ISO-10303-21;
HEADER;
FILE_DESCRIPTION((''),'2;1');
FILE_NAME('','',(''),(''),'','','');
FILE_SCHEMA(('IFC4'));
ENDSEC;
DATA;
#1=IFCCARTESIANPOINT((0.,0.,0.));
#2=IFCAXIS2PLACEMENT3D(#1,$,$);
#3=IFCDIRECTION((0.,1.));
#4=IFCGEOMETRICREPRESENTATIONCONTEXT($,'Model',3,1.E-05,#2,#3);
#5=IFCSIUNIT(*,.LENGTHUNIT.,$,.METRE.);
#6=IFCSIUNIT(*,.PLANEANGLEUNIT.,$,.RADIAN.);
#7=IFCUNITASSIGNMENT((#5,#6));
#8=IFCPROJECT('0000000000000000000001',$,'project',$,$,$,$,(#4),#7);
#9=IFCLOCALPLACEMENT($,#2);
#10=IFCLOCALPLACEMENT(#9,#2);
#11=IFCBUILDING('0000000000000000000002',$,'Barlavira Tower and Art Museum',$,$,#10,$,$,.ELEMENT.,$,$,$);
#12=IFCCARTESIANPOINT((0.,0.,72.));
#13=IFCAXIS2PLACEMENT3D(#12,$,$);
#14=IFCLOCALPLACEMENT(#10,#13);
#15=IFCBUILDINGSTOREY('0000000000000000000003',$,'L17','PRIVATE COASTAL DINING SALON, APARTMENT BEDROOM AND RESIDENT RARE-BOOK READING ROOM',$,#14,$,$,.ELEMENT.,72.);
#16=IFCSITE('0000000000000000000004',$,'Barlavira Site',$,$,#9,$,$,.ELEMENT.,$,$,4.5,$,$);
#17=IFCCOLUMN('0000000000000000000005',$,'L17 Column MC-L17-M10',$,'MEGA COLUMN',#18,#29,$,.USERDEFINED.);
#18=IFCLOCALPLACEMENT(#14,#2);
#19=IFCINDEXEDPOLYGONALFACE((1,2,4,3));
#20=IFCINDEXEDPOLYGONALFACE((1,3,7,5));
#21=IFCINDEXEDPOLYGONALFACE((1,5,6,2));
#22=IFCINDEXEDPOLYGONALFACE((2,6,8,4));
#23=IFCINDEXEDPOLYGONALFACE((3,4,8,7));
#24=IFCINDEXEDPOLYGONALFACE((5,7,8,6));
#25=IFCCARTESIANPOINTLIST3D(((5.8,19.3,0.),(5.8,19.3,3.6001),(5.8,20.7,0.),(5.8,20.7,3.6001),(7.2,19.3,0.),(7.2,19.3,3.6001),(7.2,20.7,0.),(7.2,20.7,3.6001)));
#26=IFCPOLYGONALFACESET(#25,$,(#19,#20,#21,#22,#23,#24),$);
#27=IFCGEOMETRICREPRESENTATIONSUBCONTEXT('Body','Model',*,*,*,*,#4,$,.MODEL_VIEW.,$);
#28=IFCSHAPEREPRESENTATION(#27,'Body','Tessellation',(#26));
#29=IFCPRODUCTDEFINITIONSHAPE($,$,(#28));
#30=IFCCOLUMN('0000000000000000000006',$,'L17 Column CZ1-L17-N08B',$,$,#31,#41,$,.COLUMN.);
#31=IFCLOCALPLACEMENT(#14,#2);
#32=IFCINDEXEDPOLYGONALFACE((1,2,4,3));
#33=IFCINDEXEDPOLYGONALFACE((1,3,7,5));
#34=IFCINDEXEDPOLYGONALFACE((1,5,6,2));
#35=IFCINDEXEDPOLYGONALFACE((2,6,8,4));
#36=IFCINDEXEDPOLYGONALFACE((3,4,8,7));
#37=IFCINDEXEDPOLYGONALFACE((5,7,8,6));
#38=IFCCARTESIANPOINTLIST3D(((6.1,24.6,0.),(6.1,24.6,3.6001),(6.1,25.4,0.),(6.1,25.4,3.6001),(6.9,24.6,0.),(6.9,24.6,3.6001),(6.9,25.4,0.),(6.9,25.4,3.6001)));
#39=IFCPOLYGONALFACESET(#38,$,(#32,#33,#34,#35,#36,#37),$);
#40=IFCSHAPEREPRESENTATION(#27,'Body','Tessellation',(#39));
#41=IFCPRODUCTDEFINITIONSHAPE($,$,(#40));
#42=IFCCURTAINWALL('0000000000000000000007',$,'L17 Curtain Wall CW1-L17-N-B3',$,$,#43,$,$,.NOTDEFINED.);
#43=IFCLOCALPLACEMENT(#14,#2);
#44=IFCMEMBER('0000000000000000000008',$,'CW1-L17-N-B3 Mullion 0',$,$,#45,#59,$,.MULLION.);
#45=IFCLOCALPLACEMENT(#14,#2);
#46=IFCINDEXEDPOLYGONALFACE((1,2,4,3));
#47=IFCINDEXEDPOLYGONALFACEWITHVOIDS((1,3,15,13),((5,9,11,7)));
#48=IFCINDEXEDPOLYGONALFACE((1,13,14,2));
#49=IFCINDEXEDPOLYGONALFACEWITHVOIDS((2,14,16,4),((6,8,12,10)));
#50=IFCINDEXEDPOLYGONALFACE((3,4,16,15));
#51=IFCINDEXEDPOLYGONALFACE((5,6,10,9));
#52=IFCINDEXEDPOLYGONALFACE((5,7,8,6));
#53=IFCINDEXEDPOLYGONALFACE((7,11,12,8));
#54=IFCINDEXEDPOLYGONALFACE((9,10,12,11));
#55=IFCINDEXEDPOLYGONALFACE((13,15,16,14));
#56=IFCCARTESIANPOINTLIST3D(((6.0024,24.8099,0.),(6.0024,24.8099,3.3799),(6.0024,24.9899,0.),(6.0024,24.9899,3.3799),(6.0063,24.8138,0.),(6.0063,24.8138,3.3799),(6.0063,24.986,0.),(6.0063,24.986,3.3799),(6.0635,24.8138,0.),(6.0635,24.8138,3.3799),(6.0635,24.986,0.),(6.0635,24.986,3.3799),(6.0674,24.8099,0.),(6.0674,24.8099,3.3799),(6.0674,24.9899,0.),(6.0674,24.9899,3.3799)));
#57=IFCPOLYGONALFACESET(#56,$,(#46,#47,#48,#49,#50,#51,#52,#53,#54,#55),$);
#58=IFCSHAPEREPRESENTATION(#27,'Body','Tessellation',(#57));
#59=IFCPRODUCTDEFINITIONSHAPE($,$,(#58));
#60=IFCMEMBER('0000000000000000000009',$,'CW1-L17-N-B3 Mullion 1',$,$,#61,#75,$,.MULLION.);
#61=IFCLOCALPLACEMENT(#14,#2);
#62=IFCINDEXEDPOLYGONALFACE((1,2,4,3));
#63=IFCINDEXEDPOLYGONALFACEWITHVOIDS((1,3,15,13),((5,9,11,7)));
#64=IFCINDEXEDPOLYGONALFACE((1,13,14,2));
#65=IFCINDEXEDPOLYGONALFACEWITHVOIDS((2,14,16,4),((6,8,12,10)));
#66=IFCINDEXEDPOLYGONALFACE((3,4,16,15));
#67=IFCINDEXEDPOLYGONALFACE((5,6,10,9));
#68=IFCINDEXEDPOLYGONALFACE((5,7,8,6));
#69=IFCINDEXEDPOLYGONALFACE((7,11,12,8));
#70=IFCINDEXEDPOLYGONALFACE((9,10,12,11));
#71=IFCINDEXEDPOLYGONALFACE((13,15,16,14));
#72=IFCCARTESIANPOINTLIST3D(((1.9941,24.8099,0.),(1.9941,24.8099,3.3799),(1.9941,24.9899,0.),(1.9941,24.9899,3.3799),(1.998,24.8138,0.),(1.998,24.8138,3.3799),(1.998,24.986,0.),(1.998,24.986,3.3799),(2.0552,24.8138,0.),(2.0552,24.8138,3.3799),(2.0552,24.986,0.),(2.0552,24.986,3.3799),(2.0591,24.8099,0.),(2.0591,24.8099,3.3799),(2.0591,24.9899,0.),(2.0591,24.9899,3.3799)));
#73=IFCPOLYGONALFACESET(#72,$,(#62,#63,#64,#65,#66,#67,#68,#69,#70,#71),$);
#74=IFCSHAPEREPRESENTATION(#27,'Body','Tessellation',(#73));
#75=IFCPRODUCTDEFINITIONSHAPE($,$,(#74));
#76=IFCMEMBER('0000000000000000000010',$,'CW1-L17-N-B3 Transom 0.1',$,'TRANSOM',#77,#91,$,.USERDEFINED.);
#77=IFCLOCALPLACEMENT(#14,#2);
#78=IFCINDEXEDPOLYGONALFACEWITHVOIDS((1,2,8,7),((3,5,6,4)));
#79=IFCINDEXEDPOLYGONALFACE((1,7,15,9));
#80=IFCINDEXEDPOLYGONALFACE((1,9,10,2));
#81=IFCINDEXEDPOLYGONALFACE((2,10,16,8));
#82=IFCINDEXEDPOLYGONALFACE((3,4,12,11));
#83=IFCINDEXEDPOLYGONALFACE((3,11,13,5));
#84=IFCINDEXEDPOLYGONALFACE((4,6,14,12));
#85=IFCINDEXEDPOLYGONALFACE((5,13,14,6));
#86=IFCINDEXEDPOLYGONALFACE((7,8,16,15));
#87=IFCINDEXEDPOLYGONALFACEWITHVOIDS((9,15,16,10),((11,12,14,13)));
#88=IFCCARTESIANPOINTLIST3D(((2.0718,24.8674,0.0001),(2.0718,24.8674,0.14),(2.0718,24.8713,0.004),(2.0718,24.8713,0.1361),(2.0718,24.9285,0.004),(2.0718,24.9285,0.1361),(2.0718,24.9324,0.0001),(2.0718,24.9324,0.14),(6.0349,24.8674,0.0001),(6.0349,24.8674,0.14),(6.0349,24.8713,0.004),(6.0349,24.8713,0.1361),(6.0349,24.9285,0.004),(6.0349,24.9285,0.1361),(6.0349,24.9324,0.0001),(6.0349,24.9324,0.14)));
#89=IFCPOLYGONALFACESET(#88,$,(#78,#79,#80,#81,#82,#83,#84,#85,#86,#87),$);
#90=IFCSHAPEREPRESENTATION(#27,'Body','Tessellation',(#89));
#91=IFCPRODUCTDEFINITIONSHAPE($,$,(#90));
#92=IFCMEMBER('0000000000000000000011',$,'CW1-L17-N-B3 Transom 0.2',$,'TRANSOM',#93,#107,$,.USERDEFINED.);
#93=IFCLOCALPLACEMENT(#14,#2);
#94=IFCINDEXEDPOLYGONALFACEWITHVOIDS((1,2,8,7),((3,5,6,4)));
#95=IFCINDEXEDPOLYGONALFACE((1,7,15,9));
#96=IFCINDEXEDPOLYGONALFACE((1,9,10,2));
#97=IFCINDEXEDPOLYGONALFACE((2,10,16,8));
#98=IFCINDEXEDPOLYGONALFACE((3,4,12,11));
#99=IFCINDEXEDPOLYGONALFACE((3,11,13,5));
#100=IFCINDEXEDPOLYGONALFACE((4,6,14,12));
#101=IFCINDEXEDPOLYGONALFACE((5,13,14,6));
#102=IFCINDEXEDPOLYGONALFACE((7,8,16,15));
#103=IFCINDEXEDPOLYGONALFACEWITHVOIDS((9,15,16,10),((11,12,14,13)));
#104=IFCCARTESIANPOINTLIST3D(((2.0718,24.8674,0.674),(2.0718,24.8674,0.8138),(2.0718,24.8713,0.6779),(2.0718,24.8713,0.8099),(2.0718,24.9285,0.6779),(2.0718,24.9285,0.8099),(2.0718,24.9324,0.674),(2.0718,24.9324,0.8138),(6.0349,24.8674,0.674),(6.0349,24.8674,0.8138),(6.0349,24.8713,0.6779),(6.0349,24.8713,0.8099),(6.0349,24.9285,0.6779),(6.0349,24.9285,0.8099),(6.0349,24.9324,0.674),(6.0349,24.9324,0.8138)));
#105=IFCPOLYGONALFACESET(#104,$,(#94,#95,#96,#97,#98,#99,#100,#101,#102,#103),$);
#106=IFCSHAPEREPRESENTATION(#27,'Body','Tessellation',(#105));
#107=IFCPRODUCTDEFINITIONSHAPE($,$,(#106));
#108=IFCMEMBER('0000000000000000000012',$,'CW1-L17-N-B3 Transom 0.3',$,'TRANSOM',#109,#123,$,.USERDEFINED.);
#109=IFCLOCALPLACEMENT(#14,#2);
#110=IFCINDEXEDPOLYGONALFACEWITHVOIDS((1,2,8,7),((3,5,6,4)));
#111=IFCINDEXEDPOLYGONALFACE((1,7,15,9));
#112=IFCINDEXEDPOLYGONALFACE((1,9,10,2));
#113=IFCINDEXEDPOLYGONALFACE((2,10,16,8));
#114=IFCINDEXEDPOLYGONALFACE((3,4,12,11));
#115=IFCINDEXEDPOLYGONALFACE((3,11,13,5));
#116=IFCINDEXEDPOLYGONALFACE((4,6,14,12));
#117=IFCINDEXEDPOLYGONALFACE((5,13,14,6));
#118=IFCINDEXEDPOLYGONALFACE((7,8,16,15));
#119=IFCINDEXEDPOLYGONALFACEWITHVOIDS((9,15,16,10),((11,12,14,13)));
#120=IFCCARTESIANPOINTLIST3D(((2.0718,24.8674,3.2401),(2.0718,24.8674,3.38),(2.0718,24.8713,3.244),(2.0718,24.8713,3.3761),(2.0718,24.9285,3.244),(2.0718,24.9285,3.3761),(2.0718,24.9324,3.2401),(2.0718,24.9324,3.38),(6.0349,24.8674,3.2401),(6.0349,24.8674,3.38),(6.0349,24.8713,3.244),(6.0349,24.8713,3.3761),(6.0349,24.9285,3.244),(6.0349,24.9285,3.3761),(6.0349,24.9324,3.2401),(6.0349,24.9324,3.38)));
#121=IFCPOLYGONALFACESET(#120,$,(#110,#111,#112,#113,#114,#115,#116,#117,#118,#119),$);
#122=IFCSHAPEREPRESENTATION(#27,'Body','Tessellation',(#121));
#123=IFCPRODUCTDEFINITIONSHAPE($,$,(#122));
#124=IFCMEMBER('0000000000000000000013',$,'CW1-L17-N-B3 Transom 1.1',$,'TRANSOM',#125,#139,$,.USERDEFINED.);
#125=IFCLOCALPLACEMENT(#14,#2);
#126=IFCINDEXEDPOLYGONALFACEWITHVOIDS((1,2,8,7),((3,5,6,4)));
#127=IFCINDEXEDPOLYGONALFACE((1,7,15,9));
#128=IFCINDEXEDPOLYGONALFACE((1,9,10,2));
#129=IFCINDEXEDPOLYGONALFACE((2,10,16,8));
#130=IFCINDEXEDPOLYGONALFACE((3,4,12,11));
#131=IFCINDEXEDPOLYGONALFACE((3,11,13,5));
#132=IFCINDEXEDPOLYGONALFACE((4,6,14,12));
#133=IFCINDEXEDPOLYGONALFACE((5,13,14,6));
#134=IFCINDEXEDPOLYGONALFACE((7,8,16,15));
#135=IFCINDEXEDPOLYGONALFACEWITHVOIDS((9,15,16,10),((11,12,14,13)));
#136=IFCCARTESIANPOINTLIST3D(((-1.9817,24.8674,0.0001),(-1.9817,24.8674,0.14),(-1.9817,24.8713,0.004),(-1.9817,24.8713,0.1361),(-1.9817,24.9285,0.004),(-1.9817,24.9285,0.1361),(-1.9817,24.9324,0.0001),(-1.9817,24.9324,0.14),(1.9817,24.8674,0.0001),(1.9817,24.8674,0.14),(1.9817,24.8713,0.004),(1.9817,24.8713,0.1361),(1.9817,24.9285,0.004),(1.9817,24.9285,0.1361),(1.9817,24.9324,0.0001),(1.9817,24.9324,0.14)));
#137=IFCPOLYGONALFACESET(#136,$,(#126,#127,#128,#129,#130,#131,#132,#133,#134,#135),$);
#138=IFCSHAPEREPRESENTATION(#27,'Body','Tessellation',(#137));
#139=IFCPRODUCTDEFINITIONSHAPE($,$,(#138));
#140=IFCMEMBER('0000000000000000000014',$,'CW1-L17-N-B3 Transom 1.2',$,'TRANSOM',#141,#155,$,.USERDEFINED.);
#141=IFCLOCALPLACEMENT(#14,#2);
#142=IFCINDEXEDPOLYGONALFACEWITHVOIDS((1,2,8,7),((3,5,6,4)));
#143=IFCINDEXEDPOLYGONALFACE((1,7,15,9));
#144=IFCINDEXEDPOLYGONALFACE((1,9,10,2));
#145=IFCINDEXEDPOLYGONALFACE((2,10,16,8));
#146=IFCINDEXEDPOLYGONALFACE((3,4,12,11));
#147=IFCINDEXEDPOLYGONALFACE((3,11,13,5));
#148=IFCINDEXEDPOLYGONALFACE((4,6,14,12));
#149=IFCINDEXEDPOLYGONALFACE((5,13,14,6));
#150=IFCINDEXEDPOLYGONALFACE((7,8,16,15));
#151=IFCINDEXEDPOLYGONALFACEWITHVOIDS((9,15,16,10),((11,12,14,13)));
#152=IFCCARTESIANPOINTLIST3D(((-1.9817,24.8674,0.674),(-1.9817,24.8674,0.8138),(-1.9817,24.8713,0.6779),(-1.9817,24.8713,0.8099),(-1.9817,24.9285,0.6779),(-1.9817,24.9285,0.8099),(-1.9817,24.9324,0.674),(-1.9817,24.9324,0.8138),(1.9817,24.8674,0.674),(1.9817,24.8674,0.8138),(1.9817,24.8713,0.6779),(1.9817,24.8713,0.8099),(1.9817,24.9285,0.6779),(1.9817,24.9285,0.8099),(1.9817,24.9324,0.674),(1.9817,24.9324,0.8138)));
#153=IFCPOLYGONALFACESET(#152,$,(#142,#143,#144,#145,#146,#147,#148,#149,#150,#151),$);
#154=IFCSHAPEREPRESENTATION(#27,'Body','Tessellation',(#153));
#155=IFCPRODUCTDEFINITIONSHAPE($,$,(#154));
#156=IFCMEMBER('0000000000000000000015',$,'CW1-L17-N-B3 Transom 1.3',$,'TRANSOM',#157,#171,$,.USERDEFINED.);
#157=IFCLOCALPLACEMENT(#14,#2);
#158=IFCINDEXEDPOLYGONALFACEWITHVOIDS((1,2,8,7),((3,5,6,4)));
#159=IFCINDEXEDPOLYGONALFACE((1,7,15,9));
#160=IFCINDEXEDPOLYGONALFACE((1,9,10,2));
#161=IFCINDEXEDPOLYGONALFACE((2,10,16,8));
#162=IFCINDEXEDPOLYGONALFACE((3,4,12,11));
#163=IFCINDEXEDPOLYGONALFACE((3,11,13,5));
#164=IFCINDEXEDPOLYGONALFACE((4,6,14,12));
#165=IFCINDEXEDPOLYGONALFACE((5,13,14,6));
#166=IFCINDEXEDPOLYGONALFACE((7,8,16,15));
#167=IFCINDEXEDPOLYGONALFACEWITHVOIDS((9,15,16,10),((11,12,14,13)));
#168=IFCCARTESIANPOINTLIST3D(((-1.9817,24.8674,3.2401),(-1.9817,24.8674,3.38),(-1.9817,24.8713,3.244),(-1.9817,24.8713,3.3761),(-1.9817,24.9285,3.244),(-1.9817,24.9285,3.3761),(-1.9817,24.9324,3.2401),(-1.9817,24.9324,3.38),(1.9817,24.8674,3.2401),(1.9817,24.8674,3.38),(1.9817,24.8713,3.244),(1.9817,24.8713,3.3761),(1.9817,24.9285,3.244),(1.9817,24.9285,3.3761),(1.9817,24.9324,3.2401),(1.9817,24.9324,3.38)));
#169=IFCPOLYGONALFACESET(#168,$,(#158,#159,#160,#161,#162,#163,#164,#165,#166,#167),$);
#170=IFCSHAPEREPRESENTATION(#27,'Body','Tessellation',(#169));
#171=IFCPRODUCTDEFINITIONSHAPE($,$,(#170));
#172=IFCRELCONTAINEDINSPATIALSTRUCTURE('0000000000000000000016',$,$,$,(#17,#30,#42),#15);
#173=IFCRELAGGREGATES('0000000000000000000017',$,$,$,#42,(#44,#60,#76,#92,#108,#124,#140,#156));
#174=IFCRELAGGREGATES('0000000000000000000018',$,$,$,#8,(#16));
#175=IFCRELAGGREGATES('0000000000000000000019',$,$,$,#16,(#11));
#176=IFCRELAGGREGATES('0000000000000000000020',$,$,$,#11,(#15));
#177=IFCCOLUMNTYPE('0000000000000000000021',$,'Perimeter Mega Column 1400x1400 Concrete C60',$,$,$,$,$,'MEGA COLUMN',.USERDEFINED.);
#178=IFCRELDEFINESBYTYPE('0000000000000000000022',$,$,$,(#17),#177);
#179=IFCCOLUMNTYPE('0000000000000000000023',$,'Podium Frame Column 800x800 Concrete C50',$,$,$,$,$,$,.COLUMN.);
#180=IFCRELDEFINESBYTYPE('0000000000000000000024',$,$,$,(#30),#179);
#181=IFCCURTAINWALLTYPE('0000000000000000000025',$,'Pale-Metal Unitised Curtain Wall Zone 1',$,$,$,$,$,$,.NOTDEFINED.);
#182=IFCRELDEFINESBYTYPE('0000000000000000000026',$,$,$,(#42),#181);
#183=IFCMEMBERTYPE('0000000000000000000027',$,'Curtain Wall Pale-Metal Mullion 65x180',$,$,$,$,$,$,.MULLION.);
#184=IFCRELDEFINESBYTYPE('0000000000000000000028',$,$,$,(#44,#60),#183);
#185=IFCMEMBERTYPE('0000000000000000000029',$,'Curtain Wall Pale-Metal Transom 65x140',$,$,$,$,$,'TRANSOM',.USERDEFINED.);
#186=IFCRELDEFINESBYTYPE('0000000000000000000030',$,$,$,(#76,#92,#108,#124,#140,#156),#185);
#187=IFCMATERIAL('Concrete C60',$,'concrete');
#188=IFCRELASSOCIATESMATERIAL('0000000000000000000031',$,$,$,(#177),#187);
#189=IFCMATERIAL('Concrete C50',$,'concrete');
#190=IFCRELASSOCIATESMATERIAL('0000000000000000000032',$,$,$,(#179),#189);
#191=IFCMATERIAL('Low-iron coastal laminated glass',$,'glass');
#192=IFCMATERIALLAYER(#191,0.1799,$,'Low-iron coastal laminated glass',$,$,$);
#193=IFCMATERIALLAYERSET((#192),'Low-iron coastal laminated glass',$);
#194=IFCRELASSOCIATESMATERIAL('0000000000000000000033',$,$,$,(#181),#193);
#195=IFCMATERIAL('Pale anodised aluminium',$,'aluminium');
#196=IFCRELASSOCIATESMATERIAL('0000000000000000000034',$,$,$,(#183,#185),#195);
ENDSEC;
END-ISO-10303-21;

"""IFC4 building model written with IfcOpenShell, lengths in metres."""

from ifc_helpers import new_model, si_unit, direction, frame, origin, origin_2d, place, context, subcontext, project, spatial, rectangle, hollow_rectangle, extrude, material, layer, layer_set, material_profile, profile_set, type_object, element, aggregate, save


model = new_model("IFC4")

# Units and contexts
model_context = context("Model", 3, precision=1e-05, world=origin(), true_north=direction((0.0, 1.0)))
body_context = subcontext(model_context, "Body", "Model", "MODEL_VIEW")
ifc_project = project(units=[si_unit("LENGTHUNIT", "METRE"), si_unit("PLANEANGLEUNIT", "RADIAN")], contexts=[model_context])

# Site, building, storey
site_placement = place(None, origin())
site = spatial("IfcSite", under=ifc_project, at=site_placement, Name="Barlavira Site", CompositionType="ELEMENT", RefElevation=4.5)
building_placement = place(site_placement, origin())
building = spatial("IfcBuilding", under=site, at=building_placement, Name="Barlavira Tower and Art Museum", CompositionType="ELEMENT")
storey_placement = place(building_placement, frame((0.0, 0.0, 72.0)))
storey = spatial("IfcBuildingStorey", under=building, at=storey_placement, Name="L17", Description="PRIVATE COASTAL DINING SALON, APARTMENT BEDROOM AND RESIDENT RARE-BOOK READING ROOM", CompositionType="ELEMENT", Elevation=72.0)

# Columns
ifc_material_1 = material(Name="Concrete C60", Category="concrete")
ifc_material_profile_1 = material_profile(ifc_material_1, rectangle(XDim=1.3999, YDim=1.3999, at=origin_2d()), Name="RC-MCOL 1400x1400")
ifc_profile_set_1 = profile_set([ifc_material_profile_1], Name="Concrete C60")
column_type_1 = type_object("IfcColumnType", Name="Perimeter Mega Column 1400x1400 Concrete C60", ElementType="MEGA COLUMN", PredefinedType="USERDEFINED", material=ifc_profile_set_1)
column_1_placement = place(storey_placement, frame((6.5, 20.0, 0.0), z_axis=(0.0, 0.0, 1.0), x_axis=(1.0, 0.0, 0.0)))
element("IfcColumn", 1, at=column_1_placement, inside=storey, type_object=column_type_1, Name="L17 Column MC-L17-M10", ObjectType="MEGA COLUMN", PredefinedType="USERDEFINED", context=body_context, shape_type="SweptSolid", body=[
    extrude(rectangle(XDim=1.3999, YDim=1.3999, at=origin_2d()), origin(), (0.0, 0.0, 1.0), 3.6001),
])
ifc_material_2 = material(Name="Concrete C50", Category="concrete")
ifc_material_profile_2 = material_profile(ifc_material_2, rectangle(XDim=0.8, YDim=0.8, at=origin_2d()), Name="RC-COL 800x800")
ifc_profile_set_2 = profile_set([ifc_material_profile_2], Name="Concrete C50")
column_type_2 = type_object("IfcColumnType", Name="Podium Frame Column 800x800 Concrete C50", PredefinedType="COLUMN", material=ifc_profile_set_2)
column_2_placement = place(storey_placement, frame((6.5, 25.0, 0.0), z_axis=(0.0, 0.0, 1.0), x_axis=(1.0, 0.0, 0.0)))
element("IfcColumn", 2, at=column_2_placement, inside=storey, type_object=column_type_2, Name="L17 Column CZ1-L17-N08B", PredefinedType="COLUMN", context=body_context, shape_type="SweptSolid", body=[
    extrude(rectangle(XDim=0.8, YDim=0.8, at=origin_2d()), origin(), (0.0, 0.0, 1.0), 3.6001),
])

# Curtain wall, members
ifc_material_3 = material(Name="Low-iron coastal laminated glass", Category="glass")
ifc_layer_1 = layer(ifc_material_3, 0.1799, Name="Low-iron coastal laminated glass")
ifc_layer_set_1 = layer_set([ifc_layer_1], Name="Low-iron coastal laminated glass")
curtain_wall_type = type_object("IfcCurtainWallType", Name="Pale-Metal Unitised Curtain Wall Zone 1", PredefinedType="NOTDEFINED", material=ifc_layer_set_1)
curtain_wall_placement = place(storey_placement, origin())
curtain_wall = element("IfcCurtainWall", 3, at=curtain_wall_placement, inside=storey, type_object=curtain_wall_type, Name="L17 Curtain Wall CW1-L17-N-B3", PredefinedType="NOTDEFINED")
ifc_material_4 = material(Name="Pale anodised aluminium", Category="aluminium")
ifc_material_profile_3 = material_profile(ifc_material_4, hollow_rectangle(XDim=0.0649, YDim=0.1799, WallThickness=0.0039, at=origin_2d()), Name="ALU-MULL 65x180x4")
ifc_profile_set_3 = profile_set([ifc_material_profile_3], Name="Pale anodised aluminium")
member_type_1 = type_object("IfcMemberType", Name="Curtain Wall Pale-Metal Mullion 65x180", PredefinedType="MULLION", material=ifc_profile_set_3)
member_1_placement = place(storey_placement, frame((6.0349, 24.8999, 0.0), z_axis=(0.0, 0.0, 1.0), x_axis=(-1.0, 0.0, 0.0)))
member_1 = element("IfcMember", 4, at=member_1_placement, type_object=member_type_1, Name="CW1-L17-N-B3 Mullion 0", PredefinedType="MULLION", context=body_context, shape_type="SweptSolid", body=[
    extrude(hollow_rectangle(XDim=0.0649, YDim=0.1799, WallThickness=0.0039, at=origin_2d()), origin(), (0.0, 0.0, 1.0), 3.3799),
])
member_2_placement = place(storey_placement, frame((2.0266, 24.8999, 0.0), z_axis=(0.0, 0.0, 1.0), x_axis=(-1.0, 0.0, 0.0)))
member_2 = element("IfcMember", 5, at=member_2_placement, type_object=member_type_1, Name="CW1-L17-N-B3 Mullion 1", PredefinedType="MULLION", context=body_context, shape_type="SweptSolid", body=[
    extrude(hollow_rectangle(XDim=0.0649, YDim=0.1799, WallThickness=0.0039, at=origin_2d()), origin(), (0.0, 0.0, 1.0), 3.3799),
])
ifc_material_profile_4 = material_profile(ifc_material_4, hollow_rectangle(XDim=0.0649, YDim=0.1399, WallThickness=0.0039, at=origin_2d()), Name="ALU-TRAN 65x140x4")
ifc_profile_set_4 = profile_set([ifc_material_profile_4], Name="Pale anodised aluminium")
member_type_2 = type_object("IfcMemberType", Name="Curtain Wall Pale-Metal Transom 65x140", ElementType="TRANSOM", PredefinedType="USERDEFINED", material=ifc_profile_set_4)
member_3_placement = place(storey_placement, frame((6.0349, 24.8999, 0.0701), z_axis=(-1.0, 0.0, 0.0), x_axis=(0.0, -1.0, 0.0)))
member_3 = element("IfcMember", 6, at=member_3_placement, type_object=member_type_2, Name="CW1-L17-N-B3 Transom 0.1", ObjectType="TRANSOM", PredefinedType="USERDEFINED", context=body_context, shape_type="SweptSolid", body=[
    extrude(hollow_rectangle(XDim=0.0649, YDim=0.1399, WallThickness=0.0039, at=origin_2d()), origin(), (0.0, 0.0, 1.0), 3.9631),
])
member_4_placement = place(storey_placement, frame((6.0349, 24.8999, 0.7439), z_axis=(-1.0, 0.0, 0.0), x_axis=(0.0, -1.0, 0.0)))
member_4 = element("IfcMember", 7, at=member_4_placement, type_object=member_type_2, Name="CW1-L17-N-B3 Transom 0.2", ObjectType="TRANSOM", PredefinedType="USERDEFINED", context=body_context, shape_type="SweptSolid", body=[
    extrude(hollow_rectangle(XDim=0.0649, YDim=0.1399, WallThickness=0.0039, at=origin_2d()), origin(), (0.0, 0.0, 1.0), 3.9631),
])
member_5_placement = place(storey_placement, frame((6.0349, 24.8999, 3.3101), z_axis=(-1.0, 0.0, 0.0), x_axis=(0.0, -1.0, 0.0)))
member_5 = element("IfcMember", 8, at=member_5_placement, type_object=member_type_2, Name="CW1-L17-N-B3 Transom 0.3", ObjectType="TRANSOM", PredefinedType="USERDEFINED", context=body_context, shape_type="SweptSolid", body=[
    extrude(hollow_rectangle(XDim=0.0649, YDim=0.1399, WallThickness=0.0039, at=origin_2d()), origin(), (0.0, 0.0, 1.0), 3.9631),
])
member_6_placement = place(storey_placement, frame((1.9817, 24.8999, 0.0701), z_axis=(-1.0, 0.0, 0.0), x_axis=(0.0, -1.0, 0.0)))
member_6 = element("IfcMember", 9, at=member_6_placement, type_object=member_type_2, Name="CW1-L17-N-B3 Transom 1.1", ObjectType="TRANSOM", PredefinedType="USERDEFINED", context=body_context, shape_type="SweptSolid", body=[
    extrude(hollow_rectangle(XDim=0.0649, YDim=0.1399, WallThickness=0.0039, at=origin_2d()), origin(), (0.0, 0.0, 1.0), 3.9634),
])
member_7_placement = place(storey_placement, frame((1.9817, 24.8999, 0.7439), z_axis=(-1.0, 0.0, 0.0), x_axis=(0.0, -1.0, 0.0)))
member_7 = element("IfcMember", 10, at=member_7_placement, type_object=member_type_2, Name="CW1-L17-N-B3 Transom 1.2", ObjectType="TRANSOM", PredefinedType="USERDEFINED", context=body_context, shape_type="SweptSolid", body=[
    extrude(hollow_rectangle(XDim=0.0649, YDim=0.1399, WallThickness=0.0039, at=origin_2d()), origin(), (0.0, 0.0, 1.0), 3.9634),
])
member_8_placement = place(storey_placement, frame((1.9817, 24.8999, 3.3101), z_axis=(-1.0, 0.0, 0.0), x_axis=(0.0, -1.0, 0.0)))
member_8 = element("IfcMember", 11, at=member_8_placement, type_object=member_type_2, Name="CW1-L17-N-B3 Transom 1.3", ObjectType="TRANSOM", PredefinedType="USERDEFINED", context=body_context, shape_type="SweptSolid", body=[
    extrude(hollow_rectangle(XDim=0.0649, YDim=0.1399, WallThickness=0.0039, at=origin_2d()), origin(), (0.0, 0.0, 1.0), 3.9634),
])

aggregate(curtain_wall, [member_1, member_2, member_3, member_4, member_5, member_6, member_7, member_8])

save(model, "model.ifc")
